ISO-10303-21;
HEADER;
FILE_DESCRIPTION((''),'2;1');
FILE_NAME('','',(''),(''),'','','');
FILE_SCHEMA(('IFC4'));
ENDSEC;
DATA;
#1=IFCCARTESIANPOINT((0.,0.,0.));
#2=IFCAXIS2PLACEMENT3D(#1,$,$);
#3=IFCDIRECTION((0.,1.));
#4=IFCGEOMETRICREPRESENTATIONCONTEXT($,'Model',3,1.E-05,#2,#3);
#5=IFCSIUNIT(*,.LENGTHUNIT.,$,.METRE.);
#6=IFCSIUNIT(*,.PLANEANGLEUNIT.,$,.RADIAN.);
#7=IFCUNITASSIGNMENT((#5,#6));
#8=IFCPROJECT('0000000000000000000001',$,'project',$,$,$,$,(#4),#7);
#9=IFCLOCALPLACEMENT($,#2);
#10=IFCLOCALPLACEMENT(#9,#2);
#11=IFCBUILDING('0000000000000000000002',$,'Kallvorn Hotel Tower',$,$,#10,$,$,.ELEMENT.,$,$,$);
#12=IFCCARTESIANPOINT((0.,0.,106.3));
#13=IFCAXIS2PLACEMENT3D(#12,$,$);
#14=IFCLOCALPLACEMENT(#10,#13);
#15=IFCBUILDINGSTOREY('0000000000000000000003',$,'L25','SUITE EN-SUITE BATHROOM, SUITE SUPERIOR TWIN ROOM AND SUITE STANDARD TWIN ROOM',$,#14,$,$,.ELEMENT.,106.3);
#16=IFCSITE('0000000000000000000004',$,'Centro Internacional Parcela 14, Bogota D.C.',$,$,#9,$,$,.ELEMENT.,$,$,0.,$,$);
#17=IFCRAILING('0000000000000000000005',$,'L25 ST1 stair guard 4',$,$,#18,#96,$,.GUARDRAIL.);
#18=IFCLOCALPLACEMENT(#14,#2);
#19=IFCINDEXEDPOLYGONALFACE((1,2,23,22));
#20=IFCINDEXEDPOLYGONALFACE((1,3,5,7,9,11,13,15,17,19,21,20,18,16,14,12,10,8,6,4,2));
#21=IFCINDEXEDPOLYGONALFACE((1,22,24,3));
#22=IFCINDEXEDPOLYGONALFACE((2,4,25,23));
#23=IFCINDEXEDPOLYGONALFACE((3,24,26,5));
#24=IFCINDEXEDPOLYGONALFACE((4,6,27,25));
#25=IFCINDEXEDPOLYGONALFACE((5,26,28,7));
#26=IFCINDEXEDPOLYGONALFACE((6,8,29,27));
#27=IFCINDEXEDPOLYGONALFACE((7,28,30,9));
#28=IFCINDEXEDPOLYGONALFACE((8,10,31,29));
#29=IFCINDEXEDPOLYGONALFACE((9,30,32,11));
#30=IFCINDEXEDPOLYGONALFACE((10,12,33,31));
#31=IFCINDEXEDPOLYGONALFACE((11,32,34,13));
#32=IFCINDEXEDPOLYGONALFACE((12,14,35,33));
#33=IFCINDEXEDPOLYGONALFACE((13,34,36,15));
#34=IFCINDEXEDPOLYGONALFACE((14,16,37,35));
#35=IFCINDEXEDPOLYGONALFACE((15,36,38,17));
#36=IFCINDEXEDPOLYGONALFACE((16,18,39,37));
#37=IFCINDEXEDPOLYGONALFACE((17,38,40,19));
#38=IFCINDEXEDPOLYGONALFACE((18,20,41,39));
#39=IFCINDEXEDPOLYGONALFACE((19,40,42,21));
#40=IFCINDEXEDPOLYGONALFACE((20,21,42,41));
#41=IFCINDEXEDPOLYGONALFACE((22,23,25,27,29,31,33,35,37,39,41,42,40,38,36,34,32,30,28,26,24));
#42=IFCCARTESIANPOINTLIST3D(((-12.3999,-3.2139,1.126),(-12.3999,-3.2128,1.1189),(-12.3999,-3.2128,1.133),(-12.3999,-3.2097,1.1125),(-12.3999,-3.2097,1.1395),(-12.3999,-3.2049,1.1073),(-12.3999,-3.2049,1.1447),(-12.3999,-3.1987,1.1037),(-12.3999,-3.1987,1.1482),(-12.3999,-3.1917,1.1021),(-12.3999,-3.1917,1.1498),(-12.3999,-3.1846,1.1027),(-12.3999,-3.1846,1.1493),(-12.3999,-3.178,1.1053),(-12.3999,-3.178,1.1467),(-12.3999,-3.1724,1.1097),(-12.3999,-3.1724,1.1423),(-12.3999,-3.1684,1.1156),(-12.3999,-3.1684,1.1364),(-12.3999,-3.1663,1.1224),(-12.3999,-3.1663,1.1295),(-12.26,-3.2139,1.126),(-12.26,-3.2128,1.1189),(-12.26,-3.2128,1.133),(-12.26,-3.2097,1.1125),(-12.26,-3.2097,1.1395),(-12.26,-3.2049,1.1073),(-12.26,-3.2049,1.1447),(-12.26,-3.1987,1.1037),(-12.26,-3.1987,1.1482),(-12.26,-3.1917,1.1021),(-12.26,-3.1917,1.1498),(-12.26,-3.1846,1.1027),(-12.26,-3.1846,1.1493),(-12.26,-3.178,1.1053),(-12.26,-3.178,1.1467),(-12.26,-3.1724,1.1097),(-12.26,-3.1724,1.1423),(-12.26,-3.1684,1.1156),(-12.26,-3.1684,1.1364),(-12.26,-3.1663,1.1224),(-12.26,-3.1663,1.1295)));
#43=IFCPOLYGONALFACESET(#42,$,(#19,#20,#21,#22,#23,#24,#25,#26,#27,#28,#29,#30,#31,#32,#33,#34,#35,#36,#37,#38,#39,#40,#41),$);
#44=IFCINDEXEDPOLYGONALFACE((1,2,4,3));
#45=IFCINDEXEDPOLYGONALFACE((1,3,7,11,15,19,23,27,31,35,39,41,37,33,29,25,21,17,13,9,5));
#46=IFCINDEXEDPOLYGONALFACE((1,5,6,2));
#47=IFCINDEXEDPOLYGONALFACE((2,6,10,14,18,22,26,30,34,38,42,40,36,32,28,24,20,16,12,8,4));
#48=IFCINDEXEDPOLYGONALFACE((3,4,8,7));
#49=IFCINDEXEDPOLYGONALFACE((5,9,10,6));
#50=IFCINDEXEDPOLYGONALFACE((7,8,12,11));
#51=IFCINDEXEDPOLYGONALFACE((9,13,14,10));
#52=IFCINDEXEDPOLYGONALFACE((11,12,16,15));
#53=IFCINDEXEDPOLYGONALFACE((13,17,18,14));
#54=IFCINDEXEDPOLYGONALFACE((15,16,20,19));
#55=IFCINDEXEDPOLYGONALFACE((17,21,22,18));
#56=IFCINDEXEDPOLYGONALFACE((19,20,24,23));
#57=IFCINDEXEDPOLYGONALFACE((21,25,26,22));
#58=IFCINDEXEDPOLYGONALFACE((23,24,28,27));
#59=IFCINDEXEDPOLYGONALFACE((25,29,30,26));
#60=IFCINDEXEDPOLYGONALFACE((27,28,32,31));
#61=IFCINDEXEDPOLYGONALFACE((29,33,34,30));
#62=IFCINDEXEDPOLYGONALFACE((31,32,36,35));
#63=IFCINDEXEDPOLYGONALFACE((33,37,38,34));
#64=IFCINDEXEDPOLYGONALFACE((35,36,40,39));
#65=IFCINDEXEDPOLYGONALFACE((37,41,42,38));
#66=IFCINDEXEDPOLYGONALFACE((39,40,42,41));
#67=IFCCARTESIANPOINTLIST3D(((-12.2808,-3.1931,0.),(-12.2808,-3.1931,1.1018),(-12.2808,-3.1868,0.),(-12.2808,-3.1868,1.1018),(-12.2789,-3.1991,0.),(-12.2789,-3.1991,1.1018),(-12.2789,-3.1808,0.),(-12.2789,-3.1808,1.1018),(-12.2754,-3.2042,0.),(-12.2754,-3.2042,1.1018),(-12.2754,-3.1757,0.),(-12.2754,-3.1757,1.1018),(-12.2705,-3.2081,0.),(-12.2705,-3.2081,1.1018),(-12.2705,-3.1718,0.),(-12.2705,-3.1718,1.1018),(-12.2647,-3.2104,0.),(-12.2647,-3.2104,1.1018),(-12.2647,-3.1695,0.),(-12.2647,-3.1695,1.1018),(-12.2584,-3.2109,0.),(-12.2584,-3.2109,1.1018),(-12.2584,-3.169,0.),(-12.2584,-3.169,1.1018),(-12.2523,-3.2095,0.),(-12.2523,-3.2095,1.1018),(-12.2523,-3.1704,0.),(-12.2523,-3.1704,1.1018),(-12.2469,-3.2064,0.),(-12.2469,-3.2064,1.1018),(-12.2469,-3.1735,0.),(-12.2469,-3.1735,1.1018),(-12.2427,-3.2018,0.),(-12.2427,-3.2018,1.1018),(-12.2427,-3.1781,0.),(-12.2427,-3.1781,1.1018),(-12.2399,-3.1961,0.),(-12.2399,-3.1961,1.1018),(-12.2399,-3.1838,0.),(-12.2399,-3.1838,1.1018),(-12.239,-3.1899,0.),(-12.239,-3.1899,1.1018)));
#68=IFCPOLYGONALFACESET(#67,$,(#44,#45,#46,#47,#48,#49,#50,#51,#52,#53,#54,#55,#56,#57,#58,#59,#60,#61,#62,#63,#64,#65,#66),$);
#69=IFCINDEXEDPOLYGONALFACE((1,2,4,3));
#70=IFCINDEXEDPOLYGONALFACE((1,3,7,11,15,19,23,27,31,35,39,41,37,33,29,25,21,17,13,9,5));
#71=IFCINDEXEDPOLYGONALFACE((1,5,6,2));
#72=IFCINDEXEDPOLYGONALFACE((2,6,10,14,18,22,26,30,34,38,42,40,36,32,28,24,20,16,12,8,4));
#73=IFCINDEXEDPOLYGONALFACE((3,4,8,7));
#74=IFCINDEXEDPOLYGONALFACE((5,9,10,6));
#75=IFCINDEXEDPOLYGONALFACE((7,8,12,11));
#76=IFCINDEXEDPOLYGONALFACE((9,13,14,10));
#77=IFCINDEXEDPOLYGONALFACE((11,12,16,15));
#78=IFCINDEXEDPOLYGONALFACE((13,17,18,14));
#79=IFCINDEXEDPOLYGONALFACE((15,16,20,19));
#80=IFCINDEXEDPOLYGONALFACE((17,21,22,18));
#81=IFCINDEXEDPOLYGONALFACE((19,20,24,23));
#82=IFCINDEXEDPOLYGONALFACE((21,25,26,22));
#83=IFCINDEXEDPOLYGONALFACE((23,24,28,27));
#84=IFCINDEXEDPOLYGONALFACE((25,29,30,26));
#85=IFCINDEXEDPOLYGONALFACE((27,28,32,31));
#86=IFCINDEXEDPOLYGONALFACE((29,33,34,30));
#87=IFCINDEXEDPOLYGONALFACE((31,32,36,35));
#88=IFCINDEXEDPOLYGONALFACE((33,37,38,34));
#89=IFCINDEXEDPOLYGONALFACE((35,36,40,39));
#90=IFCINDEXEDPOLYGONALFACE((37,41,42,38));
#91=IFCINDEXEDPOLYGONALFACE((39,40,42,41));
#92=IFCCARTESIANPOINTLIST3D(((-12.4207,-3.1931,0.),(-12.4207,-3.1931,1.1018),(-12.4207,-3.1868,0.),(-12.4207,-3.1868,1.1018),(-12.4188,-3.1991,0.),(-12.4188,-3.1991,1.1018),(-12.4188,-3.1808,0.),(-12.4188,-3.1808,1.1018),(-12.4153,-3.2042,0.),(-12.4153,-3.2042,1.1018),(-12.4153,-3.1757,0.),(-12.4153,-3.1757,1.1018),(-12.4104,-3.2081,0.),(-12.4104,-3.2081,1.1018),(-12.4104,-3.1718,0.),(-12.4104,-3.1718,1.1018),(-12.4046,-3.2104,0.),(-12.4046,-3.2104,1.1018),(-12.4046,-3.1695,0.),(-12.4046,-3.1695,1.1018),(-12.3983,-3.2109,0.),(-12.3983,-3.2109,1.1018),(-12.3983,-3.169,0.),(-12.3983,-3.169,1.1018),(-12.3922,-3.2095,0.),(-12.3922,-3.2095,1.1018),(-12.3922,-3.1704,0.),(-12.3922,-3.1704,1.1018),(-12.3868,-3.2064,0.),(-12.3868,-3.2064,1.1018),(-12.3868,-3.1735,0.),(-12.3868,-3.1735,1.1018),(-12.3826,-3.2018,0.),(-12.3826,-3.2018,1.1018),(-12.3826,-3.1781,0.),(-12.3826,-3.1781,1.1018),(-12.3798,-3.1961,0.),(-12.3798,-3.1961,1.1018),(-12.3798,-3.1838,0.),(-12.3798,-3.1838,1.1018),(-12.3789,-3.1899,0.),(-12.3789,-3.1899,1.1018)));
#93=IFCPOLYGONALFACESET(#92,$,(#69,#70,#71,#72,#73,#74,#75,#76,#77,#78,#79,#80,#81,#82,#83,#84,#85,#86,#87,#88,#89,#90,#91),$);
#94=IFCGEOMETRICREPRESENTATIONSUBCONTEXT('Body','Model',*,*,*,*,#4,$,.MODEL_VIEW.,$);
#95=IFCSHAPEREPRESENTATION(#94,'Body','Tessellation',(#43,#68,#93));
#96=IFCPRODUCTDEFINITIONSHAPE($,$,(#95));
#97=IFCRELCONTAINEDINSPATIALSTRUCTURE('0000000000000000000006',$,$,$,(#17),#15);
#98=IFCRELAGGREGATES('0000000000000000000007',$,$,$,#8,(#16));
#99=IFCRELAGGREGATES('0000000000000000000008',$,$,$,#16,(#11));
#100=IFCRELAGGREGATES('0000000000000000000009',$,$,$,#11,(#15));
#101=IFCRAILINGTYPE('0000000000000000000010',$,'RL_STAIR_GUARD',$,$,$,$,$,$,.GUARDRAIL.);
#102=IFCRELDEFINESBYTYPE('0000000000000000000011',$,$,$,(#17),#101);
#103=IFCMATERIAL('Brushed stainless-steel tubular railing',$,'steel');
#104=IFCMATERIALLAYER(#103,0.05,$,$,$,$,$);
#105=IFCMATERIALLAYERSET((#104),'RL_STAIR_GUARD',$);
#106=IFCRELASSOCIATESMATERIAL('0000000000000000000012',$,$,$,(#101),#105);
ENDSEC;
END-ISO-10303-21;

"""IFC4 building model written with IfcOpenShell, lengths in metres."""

from ifc_helpers import new_model, si_unit, direction, frame, origin, origin_2d, place, context, subcontext, project, spatial, circle, extrude, material, layer, layer_set, type_object, element, save


model = new_model("IFC4")

# Units and contexts
model_context = context("Model", 3, precision=1e-05, world=origin(), true_north=direction((0.0, 1.0)))
body_context = subcontext(model_context, "Body", "Model", "MODEL_VIEW")
ifc_project = project(units=[si_unit("LENGTHUNIT", "METRE"), si_unit("PLANEANGLEUNIT", "RADIAN")], contexts=[model_context])

# Site, building, storey
site_placement = place(None, origin())
site = spatial("IfcSite", under=ifc_project, at=site_placement, Name="Centro Internacional Parcela 14, Bogota D.C.", CompositionType="ELEMENT", RefElevation=0.0)
building_placement = place(site_placement, origin())
building = spatial("IfcBuilding", under=site, at=building_placement, Name="Kallvorn Hotel Tower", CompositionType="ELEMENT")
storey_placement = place(building_placement, frame((0.0, 0.0, 106.3)))
storey = spatial("IfcBuildingStorey", under=building, at=storey_placement, Name="L25", Description="SUITE EN-SUITE BATHROOM, SUITE SUPERIOR TWIN ROOM AND SUITE STANDARD TWIN ROOM", CompositionType="ELEMENT", Elevation=106.3)

# Railing
ifc_material_1 = material(Name="Brushed stainless-steel tubular railing", Category="steel")
ifc_layer_1 = layer(ifc_material_1, 0.05)
ifc_layer_set_1 = layer_set([ifc_layer_1], Name="RL_STAIR_GUARD")
railing_type_1 = type_object("IfcRailingType", Name="RL_STAIR_GUARD", PredefinedType="GUARDRAIL", material=ifc_layer_set_1)
railing_1_placement = place(storey_placement, frame((-12.26, -3.1899, 0.0)))
element("IfcRailing", 1, at=railing_1_placement, inside=storey, type_object=railing_type_1, Name="L25 ST1 stair guard 4", PredefinedType="GUARDRAIL", context=body_context, shape_type="SweptSolid", body=[
    extrude(circle(Radius=0.0239, at=origin_2d()), frame((0.0, 0.0, 1.126), z_axis=(-1.0, 0.0, 0.0), x_axis=(0.0, -1.0, 0.0)), (0.0, 0.0, 1.0), 0.1399),
    extrude(circle(Radius=0.021, at=origin_2d()), origin(), (0.0, 0.0, 1.0), 1.1018),
    extrude(circle(Radius=0.021, at=origin_2d()), frame((-0.1399, 0.0, 0.0)), (0.0, 0.0, 1.0), 1.1018),
])

save(model, "model.ifc")
